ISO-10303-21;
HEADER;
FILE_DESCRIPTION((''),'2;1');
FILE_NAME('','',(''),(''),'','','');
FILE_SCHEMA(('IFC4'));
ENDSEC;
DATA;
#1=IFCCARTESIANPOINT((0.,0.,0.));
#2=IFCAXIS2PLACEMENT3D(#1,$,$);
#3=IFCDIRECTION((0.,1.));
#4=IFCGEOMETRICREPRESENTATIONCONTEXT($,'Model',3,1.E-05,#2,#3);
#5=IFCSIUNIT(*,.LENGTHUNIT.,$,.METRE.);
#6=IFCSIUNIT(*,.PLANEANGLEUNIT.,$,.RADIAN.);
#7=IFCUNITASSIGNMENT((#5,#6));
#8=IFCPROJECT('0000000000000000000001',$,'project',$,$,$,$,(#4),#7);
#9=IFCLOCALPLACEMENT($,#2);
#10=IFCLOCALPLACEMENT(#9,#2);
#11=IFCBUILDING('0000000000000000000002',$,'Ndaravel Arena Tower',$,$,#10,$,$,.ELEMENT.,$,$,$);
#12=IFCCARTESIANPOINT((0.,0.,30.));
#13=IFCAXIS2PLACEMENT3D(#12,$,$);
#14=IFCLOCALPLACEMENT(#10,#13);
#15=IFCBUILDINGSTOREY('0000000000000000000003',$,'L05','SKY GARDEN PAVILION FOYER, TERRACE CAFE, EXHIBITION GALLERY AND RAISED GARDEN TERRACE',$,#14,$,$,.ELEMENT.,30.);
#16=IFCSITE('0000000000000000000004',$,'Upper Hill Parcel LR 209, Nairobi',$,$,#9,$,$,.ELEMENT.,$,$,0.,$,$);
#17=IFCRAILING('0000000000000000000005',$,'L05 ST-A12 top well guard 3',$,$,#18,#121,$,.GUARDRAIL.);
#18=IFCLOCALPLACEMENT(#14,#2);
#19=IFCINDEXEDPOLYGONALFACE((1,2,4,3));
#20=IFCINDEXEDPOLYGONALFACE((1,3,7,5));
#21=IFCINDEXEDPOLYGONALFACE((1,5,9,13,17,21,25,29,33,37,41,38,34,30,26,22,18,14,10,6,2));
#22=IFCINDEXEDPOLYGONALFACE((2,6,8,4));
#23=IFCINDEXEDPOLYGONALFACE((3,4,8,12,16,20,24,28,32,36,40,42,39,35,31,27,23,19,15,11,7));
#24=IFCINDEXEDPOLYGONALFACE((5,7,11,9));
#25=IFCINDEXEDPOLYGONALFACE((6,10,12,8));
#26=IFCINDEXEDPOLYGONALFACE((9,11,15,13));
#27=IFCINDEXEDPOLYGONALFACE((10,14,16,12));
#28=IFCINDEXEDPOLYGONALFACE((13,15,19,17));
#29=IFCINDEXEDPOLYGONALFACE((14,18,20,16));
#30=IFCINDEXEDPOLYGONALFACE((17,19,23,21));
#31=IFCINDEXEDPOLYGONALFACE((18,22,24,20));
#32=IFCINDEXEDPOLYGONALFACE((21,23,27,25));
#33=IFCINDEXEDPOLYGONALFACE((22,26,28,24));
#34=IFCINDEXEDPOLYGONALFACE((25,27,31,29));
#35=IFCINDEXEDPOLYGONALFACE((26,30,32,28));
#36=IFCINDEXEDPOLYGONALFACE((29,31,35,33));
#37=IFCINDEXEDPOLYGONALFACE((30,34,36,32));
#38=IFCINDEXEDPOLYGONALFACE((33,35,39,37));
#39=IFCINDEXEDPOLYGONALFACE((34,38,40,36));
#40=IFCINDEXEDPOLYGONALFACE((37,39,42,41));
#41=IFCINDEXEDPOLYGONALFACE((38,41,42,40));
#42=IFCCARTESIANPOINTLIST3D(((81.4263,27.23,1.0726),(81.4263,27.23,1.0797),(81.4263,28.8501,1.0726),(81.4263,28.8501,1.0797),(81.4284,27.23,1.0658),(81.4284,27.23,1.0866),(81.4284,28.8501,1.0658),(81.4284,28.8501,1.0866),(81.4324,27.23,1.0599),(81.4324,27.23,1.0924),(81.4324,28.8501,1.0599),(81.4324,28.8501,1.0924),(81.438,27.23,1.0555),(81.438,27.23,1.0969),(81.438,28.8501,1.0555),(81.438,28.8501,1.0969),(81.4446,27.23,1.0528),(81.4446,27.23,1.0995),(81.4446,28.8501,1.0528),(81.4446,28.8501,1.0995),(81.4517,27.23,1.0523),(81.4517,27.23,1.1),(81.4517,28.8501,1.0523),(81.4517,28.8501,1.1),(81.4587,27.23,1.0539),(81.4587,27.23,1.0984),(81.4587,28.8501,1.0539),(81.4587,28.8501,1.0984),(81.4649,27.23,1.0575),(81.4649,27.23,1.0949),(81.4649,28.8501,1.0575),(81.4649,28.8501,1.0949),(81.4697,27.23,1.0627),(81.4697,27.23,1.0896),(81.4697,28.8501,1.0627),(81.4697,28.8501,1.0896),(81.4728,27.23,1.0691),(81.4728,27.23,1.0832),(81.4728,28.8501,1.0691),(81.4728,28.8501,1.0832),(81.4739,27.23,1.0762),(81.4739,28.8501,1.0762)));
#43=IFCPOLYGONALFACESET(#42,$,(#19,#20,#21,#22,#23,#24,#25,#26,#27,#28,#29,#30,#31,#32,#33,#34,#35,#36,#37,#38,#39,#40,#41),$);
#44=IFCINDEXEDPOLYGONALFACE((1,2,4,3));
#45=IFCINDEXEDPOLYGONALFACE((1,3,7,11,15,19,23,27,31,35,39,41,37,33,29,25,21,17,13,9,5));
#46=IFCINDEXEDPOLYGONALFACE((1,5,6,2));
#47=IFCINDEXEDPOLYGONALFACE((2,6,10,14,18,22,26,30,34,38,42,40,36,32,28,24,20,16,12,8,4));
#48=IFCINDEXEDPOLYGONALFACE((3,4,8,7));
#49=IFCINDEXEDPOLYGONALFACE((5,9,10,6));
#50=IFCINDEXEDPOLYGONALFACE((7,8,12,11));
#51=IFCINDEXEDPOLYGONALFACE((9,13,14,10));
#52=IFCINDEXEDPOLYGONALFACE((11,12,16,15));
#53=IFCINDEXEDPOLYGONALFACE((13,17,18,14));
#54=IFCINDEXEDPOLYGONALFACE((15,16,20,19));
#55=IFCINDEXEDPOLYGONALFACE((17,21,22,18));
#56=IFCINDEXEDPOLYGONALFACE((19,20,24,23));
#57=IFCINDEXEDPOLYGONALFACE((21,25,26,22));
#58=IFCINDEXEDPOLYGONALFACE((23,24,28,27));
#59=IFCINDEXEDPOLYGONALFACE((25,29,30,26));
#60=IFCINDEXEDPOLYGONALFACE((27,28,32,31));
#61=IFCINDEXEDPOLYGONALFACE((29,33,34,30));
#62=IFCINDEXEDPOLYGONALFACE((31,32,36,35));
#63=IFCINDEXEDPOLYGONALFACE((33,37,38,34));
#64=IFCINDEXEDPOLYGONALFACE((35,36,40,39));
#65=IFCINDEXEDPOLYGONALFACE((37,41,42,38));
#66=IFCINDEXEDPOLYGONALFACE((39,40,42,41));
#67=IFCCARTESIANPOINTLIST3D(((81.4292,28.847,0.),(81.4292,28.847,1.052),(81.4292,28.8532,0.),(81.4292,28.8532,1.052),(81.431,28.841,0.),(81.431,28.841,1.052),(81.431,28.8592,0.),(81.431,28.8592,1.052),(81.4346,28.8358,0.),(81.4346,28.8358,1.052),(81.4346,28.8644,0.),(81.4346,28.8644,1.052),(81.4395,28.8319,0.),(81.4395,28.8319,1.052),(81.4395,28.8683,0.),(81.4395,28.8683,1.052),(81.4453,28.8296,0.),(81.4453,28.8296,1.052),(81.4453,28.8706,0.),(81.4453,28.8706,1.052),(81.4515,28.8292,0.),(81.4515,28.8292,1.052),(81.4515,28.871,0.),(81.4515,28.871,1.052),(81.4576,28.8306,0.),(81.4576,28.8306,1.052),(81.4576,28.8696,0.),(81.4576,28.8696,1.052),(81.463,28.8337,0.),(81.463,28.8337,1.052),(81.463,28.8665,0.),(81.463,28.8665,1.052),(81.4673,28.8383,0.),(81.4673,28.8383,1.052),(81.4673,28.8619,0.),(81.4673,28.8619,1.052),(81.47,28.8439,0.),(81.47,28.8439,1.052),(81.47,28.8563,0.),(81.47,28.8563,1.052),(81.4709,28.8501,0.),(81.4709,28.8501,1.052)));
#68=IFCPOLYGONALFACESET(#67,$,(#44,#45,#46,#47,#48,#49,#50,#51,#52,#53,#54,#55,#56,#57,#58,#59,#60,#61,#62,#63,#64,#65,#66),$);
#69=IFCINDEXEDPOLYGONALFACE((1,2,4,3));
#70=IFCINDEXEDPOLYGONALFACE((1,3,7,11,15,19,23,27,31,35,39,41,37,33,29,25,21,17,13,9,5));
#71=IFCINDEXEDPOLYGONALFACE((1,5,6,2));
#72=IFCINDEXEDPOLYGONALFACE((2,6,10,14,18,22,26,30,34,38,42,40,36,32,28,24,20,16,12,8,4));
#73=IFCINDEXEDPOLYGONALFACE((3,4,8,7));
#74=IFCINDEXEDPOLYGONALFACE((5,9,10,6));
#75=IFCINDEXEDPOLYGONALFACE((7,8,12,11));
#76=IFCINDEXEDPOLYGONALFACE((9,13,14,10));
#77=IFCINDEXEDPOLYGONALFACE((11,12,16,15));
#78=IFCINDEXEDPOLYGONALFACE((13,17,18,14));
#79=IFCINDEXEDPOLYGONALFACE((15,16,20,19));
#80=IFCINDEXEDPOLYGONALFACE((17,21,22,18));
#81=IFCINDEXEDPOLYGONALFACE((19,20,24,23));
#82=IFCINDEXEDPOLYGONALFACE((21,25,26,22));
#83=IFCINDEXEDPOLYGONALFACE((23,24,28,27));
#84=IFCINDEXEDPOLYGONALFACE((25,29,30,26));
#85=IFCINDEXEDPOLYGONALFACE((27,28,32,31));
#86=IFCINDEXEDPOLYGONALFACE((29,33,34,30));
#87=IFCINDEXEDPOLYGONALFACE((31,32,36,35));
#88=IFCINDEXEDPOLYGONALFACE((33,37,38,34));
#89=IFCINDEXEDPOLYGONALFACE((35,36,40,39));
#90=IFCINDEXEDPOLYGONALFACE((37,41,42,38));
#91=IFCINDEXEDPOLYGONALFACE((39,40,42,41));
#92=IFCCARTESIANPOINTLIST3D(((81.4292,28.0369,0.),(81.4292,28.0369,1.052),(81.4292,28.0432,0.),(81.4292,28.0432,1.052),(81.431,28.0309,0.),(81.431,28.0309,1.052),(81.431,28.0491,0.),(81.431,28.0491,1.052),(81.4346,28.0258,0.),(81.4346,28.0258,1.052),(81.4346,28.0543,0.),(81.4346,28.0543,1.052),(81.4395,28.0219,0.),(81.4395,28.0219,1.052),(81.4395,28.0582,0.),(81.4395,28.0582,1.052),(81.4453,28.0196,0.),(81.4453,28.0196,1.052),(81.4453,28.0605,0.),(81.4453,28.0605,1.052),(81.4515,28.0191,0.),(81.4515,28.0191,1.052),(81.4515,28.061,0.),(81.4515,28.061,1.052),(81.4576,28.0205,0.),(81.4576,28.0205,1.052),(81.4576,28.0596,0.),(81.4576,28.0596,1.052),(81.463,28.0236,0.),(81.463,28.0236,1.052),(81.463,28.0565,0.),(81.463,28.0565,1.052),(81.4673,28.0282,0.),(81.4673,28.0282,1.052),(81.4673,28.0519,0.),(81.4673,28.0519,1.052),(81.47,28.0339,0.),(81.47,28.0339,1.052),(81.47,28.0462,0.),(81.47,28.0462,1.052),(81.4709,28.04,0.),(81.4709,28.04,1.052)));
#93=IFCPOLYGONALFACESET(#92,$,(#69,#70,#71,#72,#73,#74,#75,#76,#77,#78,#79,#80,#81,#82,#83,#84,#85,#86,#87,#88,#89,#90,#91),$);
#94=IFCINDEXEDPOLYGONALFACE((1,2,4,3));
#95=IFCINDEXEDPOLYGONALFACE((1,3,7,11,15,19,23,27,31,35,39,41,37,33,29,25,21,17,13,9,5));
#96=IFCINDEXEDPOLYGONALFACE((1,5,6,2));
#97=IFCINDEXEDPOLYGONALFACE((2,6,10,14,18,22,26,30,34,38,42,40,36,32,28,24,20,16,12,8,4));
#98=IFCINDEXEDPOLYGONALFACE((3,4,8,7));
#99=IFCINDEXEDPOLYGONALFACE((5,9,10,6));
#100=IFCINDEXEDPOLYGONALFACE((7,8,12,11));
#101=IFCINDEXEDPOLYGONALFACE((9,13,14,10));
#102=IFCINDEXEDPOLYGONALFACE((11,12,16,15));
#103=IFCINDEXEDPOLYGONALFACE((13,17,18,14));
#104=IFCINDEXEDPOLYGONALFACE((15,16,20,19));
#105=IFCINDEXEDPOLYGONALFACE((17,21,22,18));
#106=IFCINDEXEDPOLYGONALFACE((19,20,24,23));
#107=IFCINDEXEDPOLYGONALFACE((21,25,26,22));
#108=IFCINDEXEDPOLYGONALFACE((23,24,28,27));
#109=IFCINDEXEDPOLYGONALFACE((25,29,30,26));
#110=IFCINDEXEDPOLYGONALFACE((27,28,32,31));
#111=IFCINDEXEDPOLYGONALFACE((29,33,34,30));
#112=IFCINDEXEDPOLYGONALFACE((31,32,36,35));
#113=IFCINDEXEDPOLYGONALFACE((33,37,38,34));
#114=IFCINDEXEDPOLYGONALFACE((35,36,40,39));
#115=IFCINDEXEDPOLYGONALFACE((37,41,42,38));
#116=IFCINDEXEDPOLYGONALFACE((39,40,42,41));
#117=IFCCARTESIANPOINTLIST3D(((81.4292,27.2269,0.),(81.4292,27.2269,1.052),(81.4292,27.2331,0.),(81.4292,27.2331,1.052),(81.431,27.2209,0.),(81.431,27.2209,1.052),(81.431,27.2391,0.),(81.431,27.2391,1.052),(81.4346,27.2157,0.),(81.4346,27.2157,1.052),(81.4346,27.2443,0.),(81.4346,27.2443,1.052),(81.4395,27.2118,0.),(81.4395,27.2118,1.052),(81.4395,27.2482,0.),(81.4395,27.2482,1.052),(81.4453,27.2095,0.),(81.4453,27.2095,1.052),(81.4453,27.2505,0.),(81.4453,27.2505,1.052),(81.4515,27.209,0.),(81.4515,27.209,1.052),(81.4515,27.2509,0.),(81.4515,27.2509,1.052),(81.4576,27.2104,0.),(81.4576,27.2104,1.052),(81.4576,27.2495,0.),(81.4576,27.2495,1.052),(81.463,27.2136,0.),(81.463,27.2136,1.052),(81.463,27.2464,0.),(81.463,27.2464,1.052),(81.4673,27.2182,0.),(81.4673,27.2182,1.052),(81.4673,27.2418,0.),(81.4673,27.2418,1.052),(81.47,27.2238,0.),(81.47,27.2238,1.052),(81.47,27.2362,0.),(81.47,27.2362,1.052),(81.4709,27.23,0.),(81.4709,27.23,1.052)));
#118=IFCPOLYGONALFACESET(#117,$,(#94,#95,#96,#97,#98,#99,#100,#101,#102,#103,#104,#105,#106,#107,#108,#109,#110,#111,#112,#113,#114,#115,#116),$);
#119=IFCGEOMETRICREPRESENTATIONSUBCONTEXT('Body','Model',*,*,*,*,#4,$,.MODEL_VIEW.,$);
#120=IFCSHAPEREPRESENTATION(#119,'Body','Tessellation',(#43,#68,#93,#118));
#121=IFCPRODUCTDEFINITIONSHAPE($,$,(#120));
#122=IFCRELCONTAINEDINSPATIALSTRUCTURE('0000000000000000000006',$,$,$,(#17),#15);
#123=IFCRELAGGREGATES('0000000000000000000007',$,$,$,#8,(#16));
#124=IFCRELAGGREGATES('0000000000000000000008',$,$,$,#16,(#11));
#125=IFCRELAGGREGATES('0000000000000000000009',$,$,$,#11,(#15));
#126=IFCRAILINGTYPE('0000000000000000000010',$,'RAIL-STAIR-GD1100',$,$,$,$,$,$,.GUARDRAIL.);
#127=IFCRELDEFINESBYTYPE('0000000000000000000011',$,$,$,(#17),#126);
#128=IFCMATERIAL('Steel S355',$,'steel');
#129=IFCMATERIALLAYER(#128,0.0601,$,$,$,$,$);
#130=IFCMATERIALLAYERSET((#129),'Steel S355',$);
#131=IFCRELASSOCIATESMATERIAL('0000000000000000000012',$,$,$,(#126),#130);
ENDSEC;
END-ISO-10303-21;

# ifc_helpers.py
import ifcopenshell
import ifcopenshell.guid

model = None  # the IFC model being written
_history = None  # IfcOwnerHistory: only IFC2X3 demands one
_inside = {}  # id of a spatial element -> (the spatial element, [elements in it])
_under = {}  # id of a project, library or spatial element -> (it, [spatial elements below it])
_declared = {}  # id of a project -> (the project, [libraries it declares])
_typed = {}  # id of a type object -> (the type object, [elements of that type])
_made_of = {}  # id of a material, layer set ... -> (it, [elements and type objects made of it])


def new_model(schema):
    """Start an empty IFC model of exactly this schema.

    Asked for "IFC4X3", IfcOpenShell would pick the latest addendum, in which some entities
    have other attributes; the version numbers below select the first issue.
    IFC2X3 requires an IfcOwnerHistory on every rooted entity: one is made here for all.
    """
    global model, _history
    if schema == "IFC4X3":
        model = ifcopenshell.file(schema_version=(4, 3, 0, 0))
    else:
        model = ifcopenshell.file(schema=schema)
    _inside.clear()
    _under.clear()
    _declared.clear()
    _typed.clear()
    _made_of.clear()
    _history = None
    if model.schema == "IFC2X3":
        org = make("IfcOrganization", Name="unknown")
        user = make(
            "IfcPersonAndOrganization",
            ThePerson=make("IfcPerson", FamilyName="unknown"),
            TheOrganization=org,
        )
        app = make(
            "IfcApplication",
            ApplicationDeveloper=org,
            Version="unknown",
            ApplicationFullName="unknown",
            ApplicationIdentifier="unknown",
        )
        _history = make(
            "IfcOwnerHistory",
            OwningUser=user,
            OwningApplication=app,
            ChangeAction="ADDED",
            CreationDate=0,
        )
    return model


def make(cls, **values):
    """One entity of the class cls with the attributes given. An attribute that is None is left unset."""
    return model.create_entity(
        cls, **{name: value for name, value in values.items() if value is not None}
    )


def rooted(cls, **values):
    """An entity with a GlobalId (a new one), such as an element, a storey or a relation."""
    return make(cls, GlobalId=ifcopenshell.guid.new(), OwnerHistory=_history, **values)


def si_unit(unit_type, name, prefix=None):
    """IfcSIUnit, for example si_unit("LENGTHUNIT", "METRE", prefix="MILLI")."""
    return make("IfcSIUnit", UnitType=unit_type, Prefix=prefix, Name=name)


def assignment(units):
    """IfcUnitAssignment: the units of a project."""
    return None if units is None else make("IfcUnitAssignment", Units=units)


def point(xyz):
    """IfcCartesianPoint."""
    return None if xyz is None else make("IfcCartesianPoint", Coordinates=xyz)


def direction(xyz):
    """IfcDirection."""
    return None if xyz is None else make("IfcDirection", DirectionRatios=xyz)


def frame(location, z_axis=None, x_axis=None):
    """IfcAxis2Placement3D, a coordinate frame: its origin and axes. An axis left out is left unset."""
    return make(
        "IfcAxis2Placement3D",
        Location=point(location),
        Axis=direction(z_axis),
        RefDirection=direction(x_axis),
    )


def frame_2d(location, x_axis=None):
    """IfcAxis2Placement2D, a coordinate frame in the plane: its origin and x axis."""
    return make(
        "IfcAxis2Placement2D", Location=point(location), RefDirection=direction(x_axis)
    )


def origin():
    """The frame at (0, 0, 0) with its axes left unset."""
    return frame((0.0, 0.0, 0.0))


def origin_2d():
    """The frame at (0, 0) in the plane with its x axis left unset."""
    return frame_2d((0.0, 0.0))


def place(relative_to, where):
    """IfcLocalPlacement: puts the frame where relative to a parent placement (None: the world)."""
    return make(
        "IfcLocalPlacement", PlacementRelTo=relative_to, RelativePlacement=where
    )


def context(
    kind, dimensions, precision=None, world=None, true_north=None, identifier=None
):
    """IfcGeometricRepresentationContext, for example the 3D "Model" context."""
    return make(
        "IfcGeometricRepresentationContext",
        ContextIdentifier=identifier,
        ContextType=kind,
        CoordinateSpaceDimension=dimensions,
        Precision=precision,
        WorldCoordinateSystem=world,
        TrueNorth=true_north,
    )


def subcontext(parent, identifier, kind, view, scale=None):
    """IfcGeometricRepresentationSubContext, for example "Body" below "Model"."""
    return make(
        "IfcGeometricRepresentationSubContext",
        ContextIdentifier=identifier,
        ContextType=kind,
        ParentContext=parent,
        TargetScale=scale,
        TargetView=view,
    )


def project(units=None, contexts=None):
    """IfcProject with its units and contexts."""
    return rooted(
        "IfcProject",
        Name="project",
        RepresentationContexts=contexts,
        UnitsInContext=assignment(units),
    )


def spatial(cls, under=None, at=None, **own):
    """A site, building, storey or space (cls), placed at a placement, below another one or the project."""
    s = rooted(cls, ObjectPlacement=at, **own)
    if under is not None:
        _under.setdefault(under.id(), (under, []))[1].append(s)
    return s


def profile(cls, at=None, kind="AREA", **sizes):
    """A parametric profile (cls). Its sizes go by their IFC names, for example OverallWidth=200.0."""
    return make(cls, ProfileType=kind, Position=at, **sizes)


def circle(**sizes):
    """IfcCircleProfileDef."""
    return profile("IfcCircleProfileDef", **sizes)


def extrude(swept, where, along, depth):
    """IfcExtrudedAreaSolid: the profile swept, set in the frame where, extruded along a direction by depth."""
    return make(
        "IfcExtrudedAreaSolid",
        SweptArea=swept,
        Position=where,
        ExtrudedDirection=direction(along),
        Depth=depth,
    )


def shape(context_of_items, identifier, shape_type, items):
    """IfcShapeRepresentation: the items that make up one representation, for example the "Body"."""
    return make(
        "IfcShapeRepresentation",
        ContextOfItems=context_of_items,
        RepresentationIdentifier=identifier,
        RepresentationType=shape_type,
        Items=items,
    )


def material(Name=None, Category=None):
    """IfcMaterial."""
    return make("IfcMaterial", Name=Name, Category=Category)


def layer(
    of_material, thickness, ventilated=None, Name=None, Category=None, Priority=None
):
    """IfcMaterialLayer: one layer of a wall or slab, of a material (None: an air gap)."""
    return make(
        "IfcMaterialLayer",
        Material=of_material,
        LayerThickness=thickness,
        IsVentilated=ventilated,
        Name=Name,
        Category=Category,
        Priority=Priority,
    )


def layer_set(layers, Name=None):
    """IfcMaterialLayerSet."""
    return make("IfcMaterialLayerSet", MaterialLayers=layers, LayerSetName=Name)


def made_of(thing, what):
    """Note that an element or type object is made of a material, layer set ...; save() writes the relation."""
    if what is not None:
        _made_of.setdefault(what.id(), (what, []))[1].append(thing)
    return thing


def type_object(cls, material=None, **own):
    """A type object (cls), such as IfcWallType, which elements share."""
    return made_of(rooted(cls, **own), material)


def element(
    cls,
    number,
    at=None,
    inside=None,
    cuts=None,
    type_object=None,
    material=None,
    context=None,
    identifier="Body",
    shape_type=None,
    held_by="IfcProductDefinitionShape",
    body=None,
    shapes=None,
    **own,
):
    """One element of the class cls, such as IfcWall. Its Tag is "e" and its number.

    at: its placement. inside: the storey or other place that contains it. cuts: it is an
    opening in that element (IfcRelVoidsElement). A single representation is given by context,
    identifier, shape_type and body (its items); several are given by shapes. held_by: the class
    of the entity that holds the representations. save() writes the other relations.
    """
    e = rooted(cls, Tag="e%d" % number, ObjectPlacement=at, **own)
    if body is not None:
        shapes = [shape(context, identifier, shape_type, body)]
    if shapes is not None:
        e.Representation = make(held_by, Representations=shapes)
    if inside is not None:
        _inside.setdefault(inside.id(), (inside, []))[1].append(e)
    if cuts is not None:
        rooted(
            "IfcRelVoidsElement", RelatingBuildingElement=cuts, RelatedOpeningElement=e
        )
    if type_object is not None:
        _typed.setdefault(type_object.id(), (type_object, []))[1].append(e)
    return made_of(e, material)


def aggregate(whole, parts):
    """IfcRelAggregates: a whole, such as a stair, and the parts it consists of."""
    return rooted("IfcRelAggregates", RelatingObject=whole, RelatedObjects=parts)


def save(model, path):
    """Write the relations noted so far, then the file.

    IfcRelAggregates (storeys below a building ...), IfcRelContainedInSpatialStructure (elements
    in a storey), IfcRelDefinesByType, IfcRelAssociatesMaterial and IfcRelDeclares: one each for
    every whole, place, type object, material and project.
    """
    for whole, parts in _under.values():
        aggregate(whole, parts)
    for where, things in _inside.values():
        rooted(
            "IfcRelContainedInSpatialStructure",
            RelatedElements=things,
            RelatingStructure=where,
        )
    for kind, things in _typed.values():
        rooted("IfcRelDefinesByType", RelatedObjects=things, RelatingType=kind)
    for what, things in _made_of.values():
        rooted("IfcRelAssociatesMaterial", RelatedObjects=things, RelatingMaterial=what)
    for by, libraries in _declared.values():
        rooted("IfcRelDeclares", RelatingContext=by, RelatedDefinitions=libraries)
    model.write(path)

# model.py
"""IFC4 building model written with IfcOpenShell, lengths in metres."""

from ifc_helpers import new_model, si_unit, direction, frame, origin, origin_2d, place, context, subcontext, project, spatial, circle, extrude, material, layer, layer_set, type_object, element, save


model = new_model("IFC4")

# Units and contexts
model_context = context("Model", 3, precision=1e-05, world=origin(), true_north=direction((0.0, 1.0)))
body_context = subcontext(model_context, "Body", "Model", "MODEL_VIEW")
ifc_project = project(units=[si_unit("LENGTHUNIT", "METRE"), si_unit("PLANEANGLEUNIT", "RADIAN")], contexts=[model_context])

# Site, building, storey
site_placement = place(None, origin())
site = spatial("IfcSite", under=ifc_project, at=site_placement, Name="Upper Hill Parcel LR 209, Nairobi", CompositionType="ELEMENT", RefElevation=0.0)
building_placement = place(site_placement, origin())
building = spatial("IfcBuilding", under=site, at=building_placement, Name="Ndaravel Arena Tower", CompositionType="ELEMENT")
storey_placement = place(building_placement, frame((0.0, 0.0, 30.0)))
storey = spatial("IfcBuildingStorey", under=building, at=storey_placement, Name="L05", Description="SKY GARDEN PAVILION FOYER, TERRACE CAFE, EXHIBITION GALLERY AND RAISED GARDEN TERRACE", CompositionType="ELEMENT", Elevation=30.0)

# Railing
ifc_material_1 = material(Name="Steel S355", Category="steel")
ifc_layer_1 = layer(ifc_material_1, 0.0601)
ifc_layer_set_1 = layer_set([ifc_layer_1], Name="Steel S355")
railing_type_1 = type_object("IfcRailingType", Name="RAIL-STAIR-GD1100", PredefinedType="GUARDRAIL", material=ifc_layer_set_1)
for number, where, name in (
    (1, (81.45, 28.8501, 0.0), "L05 ST-A12 top well guard 3"),
):
    element("IfcRailing", number, at=place(storey_placement, frame(where)), inside=storey, type_object=railing_type_1, Name=name, PredefinedType="GUARDRAIL", context=body_context, shape_type="SweptSolid", body=[
        extrude(circle(Radius=0.0239, at=origin_2d()), frame((0.0, 0.0, 1.0762), z_axis=(0.0, -1.0, 0.0), x_axis=(1.0, 0.0, 0.0)), (0.0, 0.0, 1.0), 1.6201),
        extrude(circle(Radius=0.021, at=origin_2d()), origin(), (0.0, 0.0, 1.0), 1.052),
        extrude(circle(Radius=0.021, at=origin_2d()), frame((0.0, -0.8101, 0.0)), (0.0, 0.0, 1.0), 1.052),
        extrude(circle(Radius=0.021, at=origin_2d()), frame((0.0, -1.6201, 0.0)), (0.0, 0.0, 1.0), 1.052),
    ])

save(model, "model.ifc")
